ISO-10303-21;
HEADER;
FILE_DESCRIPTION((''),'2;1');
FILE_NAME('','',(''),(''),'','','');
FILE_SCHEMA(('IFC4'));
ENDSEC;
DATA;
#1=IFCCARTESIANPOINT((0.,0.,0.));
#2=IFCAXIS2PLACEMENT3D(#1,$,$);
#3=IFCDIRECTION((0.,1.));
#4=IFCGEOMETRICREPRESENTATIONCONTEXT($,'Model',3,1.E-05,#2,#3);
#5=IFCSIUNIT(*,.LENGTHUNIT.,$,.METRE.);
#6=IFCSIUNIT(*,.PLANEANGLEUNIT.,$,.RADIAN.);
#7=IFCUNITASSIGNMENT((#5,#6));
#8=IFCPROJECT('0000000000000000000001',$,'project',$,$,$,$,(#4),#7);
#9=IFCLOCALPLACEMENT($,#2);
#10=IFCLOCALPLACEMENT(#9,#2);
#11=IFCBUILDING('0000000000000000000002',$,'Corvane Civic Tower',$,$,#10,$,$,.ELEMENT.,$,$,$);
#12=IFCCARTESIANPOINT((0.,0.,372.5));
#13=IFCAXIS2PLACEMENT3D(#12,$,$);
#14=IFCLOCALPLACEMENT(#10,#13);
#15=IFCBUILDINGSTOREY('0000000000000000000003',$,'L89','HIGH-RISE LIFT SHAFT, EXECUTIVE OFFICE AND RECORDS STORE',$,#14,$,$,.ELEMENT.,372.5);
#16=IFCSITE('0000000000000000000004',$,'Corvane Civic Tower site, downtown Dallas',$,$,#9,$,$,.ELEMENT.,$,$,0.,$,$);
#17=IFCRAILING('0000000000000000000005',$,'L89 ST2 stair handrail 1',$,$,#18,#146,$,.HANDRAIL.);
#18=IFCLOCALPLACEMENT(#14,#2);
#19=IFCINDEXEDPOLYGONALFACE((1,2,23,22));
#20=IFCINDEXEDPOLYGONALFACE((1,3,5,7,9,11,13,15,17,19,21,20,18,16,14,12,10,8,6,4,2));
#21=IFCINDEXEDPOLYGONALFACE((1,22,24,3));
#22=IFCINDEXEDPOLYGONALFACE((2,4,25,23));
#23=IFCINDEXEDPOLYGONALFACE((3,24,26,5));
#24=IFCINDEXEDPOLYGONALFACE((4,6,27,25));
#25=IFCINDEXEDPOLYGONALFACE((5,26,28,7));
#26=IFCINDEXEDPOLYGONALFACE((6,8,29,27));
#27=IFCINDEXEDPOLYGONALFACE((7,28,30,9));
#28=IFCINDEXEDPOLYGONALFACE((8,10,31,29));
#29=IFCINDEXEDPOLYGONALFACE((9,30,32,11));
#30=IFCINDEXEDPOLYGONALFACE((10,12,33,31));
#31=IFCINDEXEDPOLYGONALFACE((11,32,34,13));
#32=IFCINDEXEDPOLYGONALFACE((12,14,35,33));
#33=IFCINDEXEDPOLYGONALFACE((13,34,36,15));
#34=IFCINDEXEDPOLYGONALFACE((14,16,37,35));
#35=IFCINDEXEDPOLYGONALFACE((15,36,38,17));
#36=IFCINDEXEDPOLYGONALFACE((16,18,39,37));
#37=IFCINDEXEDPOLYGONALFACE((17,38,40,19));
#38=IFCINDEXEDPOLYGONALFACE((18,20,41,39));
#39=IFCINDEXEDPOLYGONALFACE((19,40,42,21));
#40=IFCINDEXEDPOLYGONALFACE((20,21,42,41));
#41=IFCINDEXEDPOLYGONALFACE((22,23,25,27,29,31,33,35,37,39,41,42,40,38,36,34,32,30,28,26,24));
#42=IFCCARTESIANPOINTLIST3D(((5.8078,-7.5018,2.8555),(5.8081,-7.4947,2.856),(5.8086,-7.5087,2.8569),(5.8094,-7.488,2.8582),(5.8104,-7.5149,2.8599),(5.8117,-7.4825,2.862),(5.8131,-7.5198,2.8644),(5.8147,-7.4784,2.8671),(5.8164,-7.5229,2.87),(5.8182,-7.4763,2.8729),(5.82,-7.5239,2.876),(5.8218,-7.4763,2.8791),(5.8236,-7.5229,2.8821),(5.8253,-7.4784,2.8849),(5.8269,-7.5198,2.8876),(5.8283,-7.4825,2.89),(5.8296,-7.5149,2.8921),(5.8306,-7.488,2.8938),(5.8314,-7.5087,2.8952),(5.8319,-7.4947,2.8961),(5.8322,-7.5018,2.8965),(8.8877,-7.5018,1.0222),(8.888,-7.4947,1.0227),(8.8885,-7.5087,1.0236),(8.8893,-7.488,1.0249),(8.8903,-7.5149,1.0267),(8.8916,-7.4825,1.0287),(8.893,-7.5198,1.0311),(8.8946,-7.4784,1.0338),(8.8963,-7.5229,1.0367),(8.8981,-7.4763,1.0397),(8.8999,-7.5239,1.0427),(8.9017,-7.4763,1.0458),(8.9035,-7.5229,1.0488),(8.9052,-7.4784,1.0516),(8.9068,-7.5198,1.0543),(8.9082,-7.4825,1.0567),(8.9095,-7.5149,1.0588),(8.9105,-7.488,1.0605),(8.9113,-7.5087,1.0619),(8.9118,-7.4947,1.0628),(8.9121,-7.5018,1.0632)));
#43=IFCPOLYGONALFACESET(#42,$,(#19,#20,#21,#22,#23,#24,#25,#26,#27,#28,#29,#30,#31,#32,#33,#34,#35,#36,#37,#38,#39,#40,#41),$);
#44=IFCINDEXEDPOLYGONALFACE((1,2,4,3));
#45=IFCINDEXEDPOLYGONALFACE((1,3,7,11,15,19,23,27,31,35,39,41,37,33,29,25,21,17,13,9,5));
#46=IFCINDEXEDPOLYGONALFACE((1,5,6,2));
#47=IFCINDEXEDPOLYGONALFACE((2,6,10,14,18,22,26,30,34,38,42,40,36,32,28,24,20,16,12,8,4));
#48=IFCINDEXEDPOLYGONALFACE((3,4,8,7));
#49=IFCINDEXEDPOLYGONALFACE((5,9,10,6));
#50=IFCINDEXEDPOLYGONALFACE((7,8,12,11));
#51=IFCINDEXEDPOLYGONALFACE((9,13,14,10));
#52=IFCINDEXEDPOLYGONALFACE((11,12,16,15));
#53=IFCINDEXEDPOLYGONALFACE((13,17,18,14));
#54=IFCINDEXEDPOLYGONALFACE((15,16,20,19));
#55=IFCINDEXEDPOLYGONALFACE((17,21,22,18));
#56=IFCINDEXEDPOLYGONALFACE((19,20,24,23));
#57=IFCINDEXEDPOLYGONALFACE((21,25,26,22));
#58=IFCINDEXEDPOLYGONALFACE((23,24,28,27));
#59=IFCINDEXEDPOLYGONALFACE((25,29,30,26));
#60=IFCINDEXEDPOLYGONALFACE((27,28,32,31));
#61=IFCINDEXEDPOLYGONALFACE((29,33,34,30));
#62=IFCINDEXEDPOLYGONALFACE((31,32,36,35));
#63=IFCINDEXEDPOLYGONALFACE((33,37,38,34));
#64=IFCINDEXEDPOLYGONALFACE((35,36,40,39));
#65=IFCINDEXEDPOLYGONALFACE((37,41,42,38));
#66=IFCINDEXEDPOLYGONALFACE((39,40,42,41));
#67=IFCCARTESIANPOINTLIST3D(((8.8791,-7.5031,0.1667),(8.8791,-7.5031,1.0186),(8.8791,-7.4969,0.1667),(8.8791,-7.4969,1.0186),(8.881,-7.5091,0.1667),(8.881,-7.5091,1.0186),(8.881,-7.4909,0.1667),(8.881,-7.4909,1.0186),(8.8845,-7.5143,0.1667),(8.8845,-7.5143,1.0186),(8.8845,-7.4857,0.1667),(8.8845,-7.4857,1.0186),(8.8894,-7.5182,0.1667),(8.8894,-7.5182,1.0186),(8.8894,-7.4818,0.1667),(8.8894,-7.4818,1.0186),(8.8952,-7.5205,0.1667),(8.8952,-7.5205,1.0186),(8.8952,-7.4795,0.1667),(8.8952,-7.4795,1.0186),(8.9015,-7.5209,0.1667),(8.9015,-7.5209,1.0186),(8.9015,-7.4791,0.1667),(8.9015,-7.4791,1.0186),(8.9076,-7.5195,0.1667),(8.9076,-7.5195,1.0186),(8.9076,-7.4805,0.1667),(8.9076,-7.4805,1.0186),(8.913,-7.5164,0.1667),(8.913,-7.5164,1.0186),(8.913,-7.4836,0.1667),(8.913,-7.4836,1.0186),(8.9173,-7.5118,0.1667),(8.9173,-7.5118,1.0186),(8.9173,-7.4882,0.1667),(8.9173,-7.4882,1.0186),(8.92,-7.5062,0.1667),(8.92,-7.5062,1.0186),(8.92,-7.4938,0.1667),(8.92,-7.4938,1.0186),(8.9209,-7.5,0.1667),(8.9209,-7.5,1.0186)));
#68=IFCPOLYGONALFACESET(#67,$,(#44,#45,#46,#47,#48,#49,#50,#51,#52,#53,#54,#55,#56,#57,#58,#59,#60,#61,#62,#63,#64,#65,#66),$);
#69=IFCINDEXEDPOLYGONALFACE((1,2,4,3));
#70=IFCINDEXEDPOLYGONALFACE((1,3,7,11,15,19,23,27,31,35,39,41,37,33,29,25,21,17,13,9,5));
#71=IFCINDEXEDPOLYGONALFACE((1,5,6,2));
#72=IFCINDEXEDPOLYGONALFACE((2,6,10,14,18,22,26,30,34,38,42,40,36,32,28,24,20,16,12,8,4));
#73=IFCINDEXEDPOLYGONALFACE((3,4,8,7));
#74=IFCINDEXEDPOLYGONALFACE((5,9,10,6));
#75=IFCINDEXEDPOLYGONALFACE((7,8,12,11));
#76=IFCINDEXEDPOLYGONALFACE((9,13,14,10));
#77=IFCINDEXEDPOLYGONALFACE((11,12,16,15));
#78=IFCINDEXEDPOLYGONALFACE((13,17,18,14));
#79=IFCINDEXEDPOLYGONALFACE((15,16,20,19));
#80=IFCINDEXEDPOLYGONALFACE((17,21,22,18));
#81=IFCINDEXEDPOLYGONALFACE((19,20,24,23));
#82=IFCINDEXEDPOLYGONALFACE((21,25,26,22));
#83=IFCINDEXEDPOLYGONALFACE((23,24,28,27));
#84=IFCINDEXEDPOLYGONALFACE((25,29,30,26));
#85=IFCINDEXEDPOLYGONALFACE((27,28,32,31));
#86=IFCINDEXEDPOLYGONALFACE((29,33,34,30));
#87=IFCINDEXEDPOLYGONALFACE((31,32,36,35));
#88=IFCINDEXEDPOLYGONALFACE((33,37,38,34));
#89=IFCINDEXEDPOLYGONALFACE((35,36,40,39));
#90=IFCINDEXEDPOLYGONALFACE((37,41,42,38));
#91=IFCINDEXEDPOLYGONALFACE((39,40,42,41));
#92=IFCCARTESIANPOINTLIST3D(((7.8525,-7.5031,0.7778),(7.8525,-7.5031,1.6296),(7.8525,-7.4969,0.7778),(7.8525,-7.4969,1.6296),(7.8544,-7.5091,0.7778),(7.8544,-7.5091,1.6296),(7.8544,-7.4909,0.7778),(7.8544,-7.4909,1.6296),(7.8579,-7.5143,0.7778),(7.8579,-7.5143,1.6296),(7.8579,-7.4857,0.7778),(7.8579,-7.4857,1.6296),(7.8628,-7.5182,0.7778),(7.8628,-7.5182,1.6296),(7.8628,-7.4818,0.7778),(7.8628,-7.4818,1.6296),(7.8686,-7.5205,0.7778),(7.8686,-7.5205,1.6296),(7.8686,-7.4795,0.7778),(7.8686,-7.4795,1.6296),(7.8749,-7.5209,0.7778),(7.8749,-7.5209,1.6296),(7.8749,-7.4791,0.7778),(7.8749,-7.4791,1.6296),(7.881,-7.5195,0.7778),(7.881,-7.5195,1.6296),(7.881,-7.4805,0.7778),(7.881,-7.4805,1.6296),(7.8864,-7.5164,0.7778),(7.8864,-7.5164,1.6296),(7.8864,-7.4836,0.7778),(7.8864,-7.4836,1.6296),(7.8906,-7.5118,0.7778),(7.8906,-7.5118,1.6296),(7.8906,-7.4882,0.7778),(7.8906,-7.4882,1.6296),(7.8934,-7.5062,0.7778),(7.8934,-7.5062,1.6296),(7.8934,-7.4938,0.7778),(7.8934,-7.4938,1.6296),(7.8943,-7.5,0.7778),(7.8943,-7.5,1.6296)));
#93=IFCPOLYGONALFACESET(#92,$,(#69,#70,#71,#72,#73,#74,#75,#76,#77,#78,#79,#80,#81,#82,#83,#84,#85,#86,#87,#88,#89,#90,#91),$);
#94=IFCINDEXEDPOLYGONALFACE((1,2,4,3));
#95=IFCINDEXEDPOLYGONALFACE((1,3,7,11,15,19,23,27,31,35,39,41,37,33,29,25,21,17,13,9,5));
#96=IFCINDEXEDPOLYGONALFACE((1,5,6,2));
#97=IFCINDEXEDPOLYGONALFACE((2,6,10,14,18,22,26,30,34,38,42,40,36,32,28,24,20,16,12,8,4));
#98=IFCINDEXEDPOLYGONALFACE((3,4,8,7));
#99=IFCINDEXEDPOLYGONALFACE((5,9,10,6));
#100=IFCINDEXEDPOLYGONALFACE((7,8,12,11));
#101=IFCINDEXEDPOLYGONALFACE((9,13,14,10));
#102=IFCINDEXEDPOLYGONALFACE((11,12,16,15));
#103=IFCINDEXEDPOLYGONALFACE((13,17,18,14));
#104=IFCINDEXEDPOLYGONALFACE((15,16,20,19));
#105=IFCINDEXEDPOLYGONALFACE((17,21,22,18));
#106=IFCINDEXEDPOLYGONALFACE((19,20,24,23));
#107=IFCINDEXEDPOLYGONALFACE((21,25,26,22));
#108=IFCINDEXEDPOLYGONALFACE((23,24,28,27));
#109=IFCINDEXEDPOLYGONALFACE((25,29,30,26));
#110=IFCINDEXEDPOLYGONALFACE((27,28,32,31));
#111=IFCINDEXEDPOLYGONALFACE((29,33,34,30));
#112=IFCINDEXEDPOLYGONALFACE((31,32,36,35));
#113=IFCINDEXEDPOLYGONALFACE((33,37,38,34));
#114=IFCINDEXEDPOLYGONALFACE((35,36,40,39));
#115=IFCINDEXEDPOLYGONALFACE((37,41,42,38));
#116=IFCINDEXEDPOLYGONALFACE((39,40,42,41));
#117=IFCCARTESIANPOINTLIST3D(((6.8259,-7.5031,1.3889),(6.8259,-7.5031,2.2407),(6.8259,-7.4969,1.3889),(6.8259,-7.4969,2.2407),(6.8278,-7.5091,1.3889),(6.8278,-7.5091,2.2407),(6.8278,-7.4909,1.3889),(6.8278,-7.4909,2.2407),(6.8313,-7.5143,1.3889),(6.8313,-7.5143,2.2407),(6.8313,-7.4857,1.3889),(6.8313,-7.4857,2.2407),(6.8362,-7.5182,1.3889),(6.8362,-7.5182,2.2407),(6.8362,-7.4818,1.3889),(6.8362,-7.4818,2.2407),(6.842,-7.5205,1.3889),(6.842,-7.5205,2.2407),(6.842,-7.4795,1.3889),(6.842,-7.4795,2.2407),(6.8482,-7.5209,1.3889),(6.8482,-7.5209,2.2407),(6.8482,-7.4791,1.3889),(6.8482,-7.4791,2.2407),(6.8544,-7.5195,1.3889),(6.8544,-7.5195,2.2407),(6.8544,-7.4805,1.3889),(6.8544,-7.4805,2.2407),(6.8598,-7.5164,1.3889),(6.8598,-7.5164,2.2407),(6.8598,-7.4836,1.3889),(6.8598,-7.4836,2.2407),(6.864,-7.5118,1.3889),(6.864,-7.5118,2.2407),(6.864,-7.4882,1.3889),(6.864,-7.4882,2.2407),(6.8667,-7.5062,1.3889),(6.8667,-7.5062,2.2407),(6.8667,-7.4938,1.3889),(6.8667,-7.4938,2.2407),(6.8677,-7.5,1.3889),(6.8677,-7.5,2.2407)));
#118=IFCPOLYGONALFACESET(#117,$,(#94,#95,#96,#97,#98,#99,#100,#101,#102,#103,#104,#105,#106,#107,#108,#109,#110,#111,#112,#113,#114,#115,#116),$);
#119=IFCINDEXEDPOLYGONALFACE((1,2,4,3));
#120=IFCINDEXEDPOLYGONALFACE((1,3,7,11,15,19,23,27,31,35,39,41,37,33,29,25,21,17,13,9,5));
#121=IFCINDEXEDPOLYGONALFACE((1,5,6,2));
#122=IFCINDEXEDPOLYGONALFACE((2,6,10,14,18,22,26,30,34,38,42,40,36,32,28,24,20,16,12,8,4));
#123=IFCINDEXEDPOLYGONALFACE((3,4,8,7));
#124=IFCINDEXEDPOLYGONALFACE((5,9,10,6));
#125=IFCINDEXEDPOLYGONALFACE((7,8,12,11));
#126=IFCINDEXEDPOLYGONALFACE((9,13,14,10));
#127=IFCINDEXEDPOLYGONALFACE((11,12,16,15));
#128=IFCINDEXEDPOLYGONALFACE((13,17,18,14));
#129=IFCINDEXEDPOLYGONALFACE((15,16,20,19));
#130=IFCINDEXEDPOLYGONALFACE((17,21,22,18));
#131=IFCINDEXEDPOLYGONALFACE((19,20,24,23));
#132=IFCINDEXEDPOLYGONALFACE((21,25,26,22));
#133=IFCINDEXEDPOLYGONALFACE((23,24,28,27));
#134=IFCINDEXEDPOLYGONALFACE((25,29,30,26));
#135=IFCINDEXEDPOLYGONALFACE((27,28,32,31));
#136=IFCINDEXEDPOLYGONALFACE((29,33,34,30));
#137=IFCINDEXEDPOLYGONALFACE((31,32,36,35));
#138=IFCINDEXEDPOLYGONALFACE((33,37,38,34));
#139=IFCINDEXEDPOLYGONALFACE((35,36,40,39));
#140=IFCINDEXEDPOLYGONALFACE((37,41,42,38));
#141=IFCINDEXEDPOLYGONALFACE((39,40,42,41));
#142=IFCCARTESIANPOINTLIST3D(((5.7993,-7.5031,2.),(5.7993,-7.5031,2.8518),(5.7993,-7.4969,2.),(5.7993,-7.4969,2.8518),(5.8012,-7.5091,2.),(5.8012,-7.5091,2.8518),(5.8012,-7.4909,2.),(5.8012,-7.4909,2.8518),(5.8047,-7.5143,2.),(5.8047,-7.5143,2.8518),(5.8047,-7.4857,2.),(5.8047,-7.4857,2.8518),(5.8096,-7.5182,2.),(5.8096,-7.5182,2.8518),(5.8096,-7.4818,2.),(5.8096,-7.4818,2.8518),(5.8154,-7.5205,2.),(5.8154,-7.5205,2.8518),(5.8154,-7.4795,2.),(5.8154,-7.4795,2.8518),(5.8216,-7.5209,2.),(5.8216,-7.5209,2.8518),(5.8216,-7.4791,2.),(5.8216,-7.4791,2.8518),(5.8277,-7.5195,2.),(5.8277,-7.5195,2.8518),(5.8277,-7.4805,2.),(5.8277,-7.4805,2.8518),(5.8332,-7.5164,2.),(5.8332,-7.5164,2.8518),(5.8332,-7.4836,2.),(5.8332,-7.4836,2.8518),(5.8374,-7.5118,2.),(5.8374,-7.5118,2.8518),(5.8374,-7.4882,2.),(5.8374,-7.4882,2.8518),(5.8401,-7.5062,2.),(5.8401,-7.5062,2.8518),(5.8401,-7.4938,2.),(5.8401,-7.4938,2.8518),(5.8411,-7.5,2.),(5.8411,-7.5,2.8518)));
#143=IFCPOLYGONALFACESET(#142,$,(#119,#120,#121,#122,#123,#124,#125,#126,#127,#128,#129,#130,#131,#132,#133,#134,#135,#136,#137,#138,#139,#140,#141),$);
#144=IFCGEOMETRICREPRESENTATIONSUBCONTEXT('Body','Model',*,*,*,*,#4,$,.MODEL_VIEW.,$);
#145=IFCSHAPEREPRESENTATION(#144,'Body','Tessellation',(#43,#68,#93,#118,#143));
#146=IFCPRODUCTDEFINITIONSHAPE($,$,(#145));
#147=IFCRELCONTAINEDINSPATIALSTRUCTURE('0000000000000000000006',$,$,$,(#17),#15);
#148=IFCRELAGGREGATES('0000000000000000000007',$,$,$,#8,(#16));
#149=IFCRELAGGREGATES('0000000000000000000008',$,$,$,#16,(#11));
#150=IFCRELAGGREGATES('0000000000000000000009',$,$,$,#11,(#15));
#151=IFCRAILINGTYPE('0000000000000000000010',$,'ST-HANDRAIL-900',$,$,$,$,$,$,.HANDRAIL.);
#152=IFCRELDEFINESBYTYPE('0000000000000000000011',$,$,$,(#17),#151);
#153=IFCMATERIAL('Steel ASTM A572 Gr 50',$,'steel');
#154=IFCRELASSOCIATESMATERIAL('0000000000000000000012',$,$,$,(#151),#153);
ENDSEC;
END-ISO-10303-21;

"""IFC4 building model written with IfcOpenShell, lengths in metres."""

from ifc_helpers import new_model, si_unit, direction, frame, origin, origin_2d, place, context, subcontext, project, spatial, circle, extrude, material, type_object, element, save


model = new_model("IFC4")

# Units and contexts
model_context = context("Model", 3, precision=1e-05, world=origin(), true_north=direction((0.0, 1.0)))
body_context = subcontext(model_context, "Body", "Model", "MODEL_VIEW")
ifc_project = project(units=[si_unit("LENGTHUNIT", "METRE"), si_unit("PLANEANGLEUNIT", "RADIAN")], contexts=[model_context])

# Site, building, storey
site_placement = place(None, origin())
site = spatial("IfcSite", under=ifc_project, at=site_placement, Name="Corvane Civic Tower site, downtown Dallas", CompositionType="ELEMENT", RefElevation=0.0)
building_placement = place(site_placement, origin())
building = spatial("IfcBuilding", under=site, at=building_placement, Name="Corvane Civic Tower", CompositionType="ELEMENT")
storey_placement = place(building_placement, frame((0.0, 0.0, 372.5)))
storey = spatial("IfcBuildingStorey", under=building, at=storey_placement, Name="L89", Description="HIGH-RISE LIFT SHAFT, EXECUTIVE OFFICE AND RECORDS STORE", CompositionType="ELEMENT", Elevation=372.5)

# Railing
ifc_material_1 = material(Name="Steel ASTM A572 Gr 50", Category="steel")
railing_type_1 = type_object("IfcRailingType", Name="ST-HANDRAIL-900", PredefinedType="HANDRAIL", material=ifc_material_1)
railing_1_placement = place(storey_placement, frame((8.8999, -7.5, 0.1667)))
element("IfcRailing", 1, at=railing_1_placement, inside=storey, type_object=railing_type_1, Name="L89 ST2 stair handrail 1", PredefinedType="HANDRAIL", context=body_context, shape_type="SweptSolid", body=[
    extrude(circle(Radius=0.0239, at=origin_2d()), frame((0.0, 0.0, 0.876), z_axis=(-0.859291, 0.0, 0.511487), x_axis=(0.0, -1.0, 0.0)), (0.0, 0.0, 1.0), 3.5842),
    extrude(circle(Radius=0.021, at=origin_2d()), origin(), (0.0, 0.0, 1.0), 0.8518),
    extrude(circle(Radius=0.021, at=origin_2d()), frame((-1.0266, 0.0, 0.6111)), (0.0, 0.0, 1.0), 0.8518),
    extrude(circle(Radius=0.021, at=origin_2d()), frame((-2.0532, 0.0, 1.2222)), (0.0, 0.0, 1.0), 0.8518),
    extrude(circle(Radius=0.021, at=origin_2d()), frame((-3.0798, 0.0, 1.8333)), (0.0, 0.0, 1.0), 0.8518),
])

save(model, "model.ifc")
